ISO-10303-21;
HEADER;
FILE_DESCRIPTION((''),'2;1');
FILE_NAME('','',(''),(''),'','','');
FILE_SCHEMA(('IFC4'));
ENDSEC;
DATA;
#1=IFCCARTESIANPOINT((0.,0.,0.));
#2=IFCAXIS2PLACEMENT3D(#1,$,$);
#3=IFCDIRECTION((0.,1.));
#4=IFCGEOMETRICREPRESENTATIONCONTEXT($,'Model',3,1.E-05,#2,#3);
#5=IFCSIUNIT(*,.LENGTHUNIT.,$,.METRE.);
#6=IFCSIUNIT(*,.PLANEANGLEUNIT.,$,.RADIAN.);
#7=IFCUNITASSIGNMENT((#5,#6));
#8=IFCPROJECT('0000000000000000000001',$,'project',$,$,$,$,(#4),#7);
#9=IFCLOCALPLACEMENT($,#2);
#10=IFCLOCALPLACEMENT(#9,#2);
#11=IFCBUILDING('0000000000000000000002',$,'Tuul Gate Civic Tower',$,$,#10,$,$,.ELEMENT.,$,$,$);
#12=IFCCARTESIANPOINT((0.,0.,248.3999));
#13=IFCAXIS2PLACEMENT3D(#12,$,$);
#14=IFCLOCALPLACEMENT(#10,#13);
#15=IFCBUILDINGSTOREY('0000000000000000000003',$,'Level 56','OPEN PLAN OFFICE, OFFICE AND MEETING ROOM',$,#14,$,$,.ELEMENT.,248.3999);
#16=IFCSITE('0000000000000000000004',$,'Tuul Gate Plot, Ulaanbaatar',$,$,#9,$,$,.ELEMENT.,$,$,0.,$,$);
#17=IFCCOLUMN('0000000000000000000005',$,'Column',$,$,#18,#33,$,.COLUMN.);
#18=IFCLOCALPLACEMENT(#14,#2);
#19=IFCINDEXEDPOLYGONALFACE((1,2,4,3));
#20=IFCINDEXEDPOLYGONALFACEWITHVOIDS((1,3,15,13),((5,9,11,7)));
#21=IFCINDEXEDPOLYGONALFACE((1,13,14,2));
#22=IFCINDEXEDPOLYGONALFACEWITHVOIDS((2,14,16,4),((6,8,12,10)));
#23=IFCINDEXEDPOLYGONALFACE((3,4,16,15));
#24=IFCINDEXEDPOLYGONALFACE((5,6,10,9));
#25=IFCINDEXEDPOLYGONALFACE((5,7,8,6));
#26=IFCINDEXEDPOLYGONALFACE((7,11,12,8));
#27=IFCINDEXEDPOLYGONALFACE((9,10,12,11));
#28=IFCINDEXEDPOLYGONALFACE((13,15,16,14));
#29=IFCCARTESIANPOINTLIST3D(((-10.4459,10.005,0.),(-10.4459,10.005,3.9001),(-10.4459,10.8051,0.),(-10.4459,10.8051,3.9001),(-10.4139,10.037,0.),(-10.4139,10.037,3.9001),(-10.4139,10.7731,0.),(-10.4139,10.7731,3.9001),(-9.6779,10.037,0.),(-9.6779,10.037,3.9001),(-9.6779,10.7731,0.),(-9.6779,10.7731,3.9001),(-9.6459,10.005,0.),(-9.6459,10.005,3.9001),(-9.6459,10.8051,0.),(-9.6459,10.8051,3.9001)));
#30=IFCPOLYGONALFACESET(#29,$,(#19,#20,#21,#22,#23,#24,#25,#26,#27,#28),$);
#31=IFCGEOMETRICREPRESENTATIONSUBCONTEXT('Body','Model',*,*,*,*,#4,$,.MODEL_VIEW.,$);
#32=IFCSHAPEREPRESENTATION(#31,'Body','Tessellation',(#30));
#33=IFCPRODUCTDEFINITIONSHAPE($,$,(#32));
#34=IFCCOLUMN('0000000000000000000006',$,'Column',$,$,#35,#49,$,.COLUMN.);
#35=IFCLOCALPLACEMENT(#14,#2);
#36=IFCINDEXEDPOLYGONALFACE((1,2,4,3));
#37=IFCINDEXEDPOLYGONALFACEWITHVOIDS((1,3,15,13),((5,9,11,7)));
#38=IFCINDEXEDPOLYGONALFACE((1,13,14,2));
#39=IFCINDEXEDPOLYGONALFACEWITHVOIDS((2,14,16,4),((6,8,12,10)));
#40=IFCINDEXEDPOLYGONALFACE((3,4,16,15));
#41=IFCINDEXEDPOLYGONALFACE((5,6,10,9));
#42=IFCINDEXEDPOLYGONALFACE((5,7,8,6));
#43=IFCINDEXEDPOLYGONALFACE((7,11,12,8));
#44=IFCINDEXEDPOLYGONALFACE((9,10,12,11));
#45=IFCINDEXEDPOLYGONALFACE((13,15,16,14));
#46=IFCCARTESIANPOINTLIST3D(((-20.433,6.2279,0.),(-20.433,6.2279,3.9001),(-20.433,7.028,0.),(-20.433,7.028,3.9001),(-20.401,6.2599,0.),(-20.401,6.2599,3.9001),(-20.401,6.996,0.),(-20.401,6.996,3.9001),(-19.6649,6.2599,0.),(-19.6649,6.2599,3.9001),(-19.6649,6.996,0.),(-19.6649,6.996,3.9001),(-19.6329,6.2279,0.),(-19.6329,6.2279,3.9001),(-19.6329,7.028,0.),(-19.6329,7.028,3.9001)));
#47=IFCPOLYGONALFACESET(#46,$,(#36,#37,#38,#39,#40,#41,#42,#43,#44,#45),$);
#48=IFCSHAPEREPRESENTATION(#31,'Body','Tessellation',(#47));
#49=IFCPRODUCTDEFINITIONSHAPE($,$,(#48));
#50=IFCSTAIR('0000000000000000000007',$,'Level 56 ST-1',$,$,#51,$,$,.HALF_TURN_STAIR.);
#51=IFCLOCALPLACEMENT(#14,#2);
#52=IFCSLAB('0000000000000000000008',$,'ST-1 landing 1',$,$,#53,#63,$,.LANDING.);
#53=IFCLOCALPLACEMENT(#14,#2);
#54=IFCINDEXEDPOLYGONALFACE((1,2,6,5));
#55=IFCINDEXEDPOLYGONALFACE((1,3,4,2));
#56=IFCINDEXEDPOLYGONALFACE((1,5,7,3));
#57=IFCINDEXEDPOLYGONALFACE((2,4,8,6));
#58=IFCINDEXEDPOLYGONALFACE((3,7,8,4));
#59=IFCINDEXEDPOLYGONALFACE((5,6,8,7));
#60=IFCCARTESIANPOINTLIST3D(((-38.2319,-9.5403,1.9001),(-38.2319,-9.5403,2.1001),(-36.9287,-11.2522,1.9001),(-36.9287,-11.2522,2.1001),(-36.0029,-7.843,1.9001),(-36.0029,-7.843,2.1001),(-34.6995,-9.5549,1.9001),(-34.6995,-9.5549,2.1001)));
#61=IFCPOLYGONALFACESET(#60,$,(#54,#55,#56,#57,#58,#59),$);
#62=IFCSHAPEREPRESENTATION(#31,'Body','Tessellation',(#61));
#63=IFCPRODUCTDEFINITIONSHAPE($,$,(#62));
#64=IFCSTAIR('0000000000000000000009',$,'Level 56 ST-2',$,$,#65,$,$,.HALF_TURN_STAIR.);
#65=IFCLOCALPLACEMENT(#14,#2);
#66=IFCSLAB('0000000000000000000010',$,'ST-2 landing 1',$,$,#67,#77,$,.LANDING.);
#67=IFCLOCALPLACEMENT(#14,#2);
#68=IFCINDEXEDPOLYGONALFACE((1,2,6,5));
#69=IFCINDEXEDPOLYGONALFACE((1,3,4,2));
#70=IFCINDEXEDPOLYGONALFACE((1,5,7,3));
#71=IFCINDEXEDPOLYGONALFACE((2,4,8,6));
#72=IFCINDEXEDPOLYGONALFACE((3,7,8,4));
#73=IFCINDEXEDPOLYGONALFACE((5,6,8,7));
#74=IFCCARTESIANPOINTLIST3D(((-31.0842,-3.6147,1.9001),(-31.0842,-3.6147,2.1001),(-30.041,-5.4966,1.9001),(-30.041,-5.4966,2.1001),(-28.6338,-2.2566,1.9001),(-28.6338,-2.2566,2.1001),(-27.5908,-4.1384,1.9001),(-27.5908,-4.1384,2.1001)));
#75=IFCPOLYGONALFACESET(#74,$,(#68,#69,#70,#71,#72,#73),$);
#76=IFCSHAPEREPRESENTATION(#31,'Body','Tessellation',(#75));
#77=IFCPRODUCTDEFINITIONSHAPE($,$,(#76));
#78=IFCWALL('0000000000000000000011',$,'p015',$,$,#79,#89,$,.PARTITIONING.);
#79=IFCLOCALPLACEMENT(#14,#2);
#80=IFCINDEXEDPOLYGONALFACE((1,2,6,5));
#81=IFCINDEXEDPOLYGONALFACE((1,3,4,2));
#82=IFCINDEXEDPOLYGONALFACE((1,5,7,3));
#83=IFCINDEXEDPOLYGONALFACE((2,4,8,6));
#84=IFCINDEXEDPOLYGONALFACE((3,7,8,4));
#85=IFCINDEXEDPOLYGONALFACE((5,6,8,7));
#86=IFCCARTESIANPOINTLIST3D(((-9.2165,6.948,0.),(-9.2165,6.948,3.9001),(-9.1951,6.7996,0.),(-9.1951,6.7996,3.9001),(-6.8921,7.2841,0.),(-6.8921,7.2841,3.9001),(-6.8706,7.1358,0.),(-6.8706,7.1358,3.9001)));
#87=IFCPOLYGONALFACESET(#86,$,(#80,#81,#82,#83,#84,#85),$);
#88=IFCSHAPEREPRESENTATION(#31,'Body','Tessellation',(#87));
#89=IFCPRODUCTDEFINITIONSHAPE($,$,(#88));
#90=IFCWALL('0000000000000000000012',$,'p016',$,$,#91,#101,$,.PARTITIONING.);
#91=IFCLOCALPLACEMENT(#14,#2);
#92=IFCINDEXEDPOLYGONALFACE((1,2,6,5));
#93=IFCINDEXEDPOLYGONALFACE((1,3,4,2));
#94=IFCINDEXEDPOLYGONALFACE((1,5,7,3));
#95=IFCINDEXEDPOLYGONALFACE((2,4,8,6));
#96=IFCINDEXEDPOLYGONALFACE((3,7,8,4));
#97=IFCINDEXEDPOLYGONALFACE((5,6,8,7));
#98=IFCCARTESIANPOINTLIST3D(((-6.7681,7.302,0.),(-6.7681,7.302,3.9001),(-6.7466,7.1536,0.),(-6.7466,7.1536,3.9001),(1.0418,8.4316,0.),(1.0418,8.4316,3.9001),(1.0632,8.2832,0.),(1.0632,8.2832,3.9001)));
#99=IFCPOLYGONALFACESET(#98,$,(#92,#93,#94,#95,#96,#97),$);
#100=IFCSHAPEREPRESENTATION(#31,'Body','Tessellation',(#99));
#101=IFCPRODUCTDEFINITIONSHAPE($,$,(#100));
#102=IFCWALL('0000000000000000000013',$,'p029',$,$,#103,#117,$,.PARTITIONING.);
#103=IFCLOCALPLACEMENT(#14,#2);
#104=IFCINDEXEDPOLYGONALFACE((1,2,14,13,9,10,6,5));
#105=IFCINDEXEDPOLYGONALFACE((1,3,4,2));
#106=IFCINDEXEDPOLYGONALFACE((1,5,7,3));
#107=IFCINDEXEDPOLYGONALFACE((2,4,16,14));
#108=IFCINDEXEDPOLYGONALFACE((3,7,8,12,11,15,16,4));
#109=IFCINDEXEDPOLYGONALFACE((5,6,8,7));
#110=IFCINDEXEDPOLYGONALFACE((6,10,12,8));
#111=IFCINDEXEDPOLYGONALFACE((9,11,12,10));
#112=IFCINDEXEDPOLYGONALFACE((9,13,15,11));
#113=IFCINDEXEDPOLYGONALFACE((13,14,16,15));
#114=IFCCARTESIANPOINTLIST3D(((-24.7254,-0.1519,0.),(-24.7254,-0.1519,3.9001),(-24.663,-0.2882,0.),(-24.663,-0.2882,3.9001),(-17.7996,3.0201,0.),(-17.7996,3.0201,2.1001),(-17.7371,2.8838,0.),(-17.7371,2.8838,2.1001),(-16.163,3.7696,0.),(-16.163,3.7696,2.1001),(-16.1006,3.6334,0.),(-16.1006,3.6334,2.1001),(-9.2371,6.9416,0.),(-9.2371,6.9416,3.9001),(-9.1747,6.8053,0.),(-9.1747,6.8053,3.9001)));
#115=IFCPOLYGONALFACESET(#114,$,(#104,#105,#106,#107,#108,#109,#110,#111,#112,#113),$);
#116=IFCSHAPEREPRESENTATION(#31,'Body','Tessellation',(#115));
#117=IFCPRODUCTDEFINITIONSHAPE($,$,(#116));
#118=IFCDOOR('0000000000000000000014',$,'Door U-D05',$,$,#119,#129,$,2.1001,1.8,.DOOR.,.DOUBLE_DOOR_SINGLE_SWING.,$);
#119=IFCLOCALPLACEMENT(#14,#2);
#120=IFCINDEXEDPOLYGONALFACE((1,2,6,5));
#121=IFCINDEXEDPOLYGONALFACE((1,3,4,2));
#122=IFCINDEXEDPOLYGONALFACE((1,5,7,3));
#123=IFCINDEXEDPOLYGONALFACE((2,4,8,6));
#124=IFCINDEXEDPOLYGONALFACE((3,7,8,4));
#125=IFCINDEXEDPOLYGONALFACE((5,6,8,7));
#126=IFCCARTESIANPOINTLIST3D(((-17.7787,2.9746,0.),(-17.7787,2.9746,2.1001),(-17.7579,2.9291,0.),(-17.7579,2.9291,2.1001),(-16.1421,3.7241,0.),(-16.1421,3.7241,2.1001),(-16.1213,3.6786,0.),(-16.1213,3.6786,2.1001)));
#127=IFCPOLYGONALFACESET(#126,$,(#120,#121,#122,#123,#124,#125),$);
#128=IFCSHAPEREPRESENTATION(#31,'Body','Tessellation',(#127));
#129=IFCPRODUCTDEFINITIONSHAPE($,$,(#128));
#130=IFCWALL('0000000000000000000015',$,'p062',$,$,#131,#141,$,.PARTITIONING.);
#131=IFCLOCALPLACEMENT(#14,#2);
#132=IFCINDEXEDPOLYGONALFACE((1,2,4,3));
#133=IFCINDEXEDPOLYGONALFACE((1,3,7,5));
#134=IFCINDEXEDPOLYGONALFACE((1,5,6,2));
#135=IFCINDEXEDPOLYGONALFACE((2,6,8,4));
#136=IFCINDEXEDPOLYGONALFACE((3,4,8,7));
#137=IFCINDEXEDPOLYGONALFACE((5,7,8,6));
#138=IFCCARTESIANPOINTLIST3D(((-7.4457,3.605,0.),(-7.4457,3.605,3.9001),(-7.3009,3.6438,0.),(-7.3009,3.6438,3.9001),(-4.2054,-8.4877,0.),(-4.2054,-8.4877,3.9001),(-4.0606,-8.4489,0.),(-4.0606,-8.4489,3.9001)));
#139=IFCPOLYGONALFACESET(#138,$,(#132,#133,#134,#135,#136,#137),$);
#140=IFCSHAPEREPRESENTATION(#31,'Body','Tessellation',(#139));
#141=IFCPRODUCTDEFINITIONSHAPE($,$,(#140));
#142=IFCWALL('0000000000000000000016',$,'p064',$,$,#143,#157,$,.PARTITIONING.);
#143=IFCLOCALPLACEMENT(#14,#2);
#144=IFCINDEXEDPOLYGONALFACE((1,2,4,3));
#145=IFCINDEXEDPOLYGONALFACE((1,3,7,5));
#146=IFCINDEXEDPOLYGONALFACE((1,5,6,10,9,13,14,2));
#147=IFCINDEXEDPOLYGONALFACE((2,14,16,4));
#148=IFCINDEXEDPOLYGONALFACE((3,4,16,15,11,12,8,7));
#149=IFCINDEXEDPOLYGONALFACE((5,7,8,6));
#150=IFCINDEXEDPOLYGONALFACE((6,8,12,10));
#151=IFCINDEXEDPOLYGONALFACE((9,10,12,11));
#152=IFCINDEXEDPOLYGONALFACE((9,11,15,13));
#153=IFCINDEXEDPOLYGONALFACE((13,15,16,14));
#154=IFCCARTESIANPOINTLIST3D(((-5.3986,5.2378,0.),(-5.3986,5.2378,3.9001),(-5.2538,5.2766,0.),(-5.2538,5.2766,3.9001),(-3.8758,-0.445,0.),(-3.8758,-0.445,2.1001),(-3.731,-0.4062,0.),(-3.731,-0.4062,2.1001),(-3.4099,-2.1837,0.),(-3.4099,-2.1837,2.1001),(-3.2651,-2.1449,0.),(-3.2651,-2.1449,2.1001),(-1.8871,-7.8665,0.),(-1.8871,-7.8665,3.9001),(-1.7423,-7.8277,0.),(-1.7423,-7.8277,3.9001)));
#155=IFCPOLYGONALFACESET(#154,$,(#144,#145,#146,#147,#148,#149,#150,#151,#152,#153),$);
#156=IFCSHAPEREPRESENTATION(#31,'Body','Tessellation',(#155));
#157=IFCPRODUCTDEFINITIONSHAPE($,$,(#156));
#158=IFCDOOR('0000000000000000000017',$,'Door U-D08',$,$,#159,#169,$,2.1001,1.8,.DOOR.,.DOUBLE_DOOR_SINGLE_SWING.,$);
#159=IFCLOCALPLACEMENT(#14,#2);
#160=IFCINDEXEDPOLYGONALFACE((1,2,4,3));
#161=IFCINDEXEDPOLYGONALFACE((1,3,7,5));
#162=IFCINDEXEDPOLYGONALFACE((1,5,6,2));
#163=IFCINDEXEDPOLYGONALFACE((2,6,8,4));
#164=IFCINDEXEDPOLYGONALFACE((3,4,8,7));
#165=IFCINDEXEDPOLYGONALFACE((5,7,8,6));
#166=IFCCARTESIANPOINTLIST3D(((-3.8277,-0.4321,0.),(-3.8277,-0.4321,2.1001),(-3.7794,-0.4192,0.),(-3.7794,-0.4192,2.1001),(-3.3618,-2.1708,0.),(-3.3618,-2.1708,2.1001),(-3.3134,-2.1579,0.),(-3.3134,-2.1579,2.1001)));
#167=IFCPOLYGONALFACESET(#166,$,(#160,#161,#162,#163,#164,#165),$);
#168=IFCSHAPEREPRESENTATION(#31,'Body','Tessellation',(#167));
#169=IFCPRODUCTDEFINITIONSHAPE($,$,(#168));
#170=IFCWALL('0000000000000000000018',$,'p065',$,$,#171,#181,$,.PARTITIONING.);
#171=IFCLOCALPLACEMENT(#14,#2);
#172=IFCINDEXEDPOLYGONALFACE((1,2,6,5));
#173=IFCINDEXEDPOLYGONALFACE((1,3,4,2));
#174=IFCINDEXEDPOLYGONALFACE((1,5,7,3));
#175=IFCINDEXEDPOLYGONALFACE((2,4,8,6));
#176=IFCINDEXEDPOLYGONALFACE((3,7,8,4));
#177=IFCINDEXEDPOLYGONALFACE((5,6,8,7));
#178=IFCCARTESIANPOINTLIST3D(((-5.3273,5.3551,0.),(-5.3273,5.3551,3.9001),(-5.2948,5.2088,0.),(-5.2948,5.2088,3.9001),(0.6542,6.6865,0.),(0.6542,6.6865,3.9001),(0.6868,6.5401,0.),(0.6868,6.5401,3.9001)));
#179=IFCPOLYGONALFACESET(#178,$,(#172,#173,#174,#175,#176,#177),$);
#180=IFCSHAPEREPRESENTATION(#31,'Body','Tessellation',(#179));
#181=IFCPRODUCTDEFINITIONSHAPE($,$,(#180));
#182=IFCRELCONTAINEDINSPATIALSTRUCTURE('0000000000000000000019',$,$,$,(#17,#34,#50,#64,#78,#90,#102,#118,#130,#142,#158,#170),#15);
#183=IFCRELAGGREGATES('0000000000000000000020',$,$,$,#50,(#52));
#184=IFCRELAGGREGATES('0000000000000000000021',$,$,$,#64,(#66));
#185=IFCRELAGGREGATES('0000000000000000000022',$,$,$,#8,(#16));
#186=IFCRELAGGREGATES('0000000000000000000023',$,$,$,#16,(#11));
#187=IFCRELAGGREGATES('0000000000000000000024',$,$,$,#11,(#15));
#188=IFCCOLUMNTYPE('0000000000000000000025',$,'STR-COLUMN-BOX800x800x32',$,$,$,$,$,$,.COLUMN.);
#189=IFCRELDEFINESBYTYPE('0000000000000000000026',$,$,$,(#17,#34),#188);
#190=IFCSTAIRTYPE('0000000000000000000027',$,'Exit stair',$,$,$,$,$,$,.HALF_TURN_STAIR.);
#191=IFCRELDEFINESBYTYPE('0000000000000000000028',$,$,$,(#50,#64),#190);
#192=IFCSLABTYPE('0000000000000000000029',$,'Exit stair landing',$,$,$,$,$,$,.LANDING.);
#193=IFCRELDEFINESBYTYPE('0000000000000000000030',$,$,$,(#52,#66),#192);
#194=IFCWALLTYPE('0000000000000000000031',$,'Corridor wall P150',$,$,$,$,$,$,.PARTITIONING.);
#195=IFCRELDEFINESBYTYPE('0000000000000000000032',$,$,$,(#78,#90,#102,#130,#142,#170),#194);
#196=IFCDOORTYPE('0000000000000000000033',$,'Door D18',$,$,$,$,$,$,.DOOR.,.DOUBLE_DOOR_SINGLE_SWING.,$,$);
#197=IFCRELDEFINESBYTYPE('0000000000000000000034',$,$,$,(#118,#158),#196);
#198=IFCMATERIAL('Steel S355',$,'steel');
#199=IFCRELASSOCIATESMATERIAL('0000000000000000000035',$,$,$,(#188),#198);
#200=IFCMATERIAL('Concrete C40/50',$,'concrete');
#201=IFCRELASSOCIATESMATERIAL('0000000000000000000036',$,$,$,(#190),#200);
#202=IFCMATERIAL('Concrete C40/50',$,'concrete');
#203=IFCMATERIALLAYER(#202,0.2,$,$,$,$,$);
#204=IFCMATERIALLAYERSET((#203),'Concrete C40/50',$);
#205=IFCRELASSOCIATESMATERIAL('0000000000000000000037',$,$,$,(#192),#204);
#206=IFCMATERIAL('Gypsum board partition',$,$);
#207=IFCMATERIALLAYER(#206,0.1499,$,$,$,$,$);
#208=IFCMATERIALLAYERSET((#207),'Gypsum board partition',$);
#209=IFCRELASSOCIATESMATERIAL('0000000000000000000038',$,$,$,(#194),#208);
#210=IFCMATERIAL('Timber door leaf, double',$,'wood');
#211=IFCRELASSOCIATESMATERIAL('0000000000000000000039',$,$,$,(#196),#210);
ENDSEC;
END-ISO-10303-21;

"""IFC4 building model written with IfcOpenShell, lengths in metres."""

from ifc_helpers import new_model, si_unit, direction, frame, frame_2d, origin, origin_2d, place, context, subcontext, project, spatial, polyline, rectangle, hollow_rectangle, outline, extrude, material, layer, layer_set, material_profile, profile_set, type_object, element, fill, aggregate, save


model = new_model("IFC4")

# Units and contexts
model_context = context("Model", 3, precision=1e-05, world=origin(), true_north=direction((0.0, 1.0)))
body_context = subcontext(model_context, "Body", "Model", "MODEL_VIEW")
ifc_project = project(units=[si_unit("LENGTHUNIT", "METRE"), si_unit("PLANEANGLEUNIT", "RADIAN")], contexts=[model_context])

# Site, building, storey
site_placement = place(None, origin())
site = spatial("IfcSite", under=ifc_project, at=site_placement, Name="Tuul Gate Plot, Ulaanbaatar", CompositionType="ELEMENT", RefElevation=0.0)
building_placement = place(site_placement, origin())
building = spatial("IfcBuilding", under=site, at=building_placement, Name="Tuul Gate Civic Tower", CompositionType="ELEMENT")
storey_placement = place(building_placement, frame((0.0, 0.0, 248.3999)))
storey = spatial("IfcBuildingStorey", under=building, at=storey_placement, Name="Level 56", Description="OPEN PLAN OFFICE, OFFICE AND MEETING ROOM", CompositionType="ELEMENT", Elevation=248.3999)

# Columns
ifc_material_1 = material(Name="Steel S355", Category="steel")
ifc_material_profile_1 = material_profile(ifc_material_1, hollow_rectangle(XDim=0.8, YDim=0.8, WallThickness=0.032, at=origin_2d()), Name="BOX800x800x32")
ifc_profile_set_1 = profile_set([ifc_material_profile_1], Name="Steel S355")
column_type = type_object("IfcColumnType", Name="STR-COLUMN-BOX800x800x32", PredefinedType="COLUMN", material=ifc_profile_set_1)
for number, where, z_axis, x_axis, name in (
    (1, (-10.0459, 10.405, 0.0), (0.0, 0.0, 1.0), (1.0, 0.0, 0.0), "Column"),
    (2, (-20.033, 6.6279, 0.0), (0.0, 0.0, 1.0), (1.0, 0.0, 0.0), "Column"),
):
    element("IfcColumn", number, at=place(storey_placement, frame(where, z_axis=z_axis, x_axis=x_axis)), inside=storey, type_object=column_type, Name=name, PredefinedType="COLUMN", context=body_context, shape_type="SweptSolid", body=[
        extrude(hollow_rectangle(XDim=0.8, YDim=0.8, WallThickness=0.032, at=origin_2d()), origin(), (0.0, 0.0, 1.0), 3.9001),
    ])

# Stairs, slabs
ifc_material_2 = material(Name="Concrete C40/50", Category="concrete")
stair_type = type_object("IfcStairType", Name="Exit stair", PredefinedType="HALF_TURN_STAIR", material=ifc_material_2)
stair_1_placement = place(storey_placement, origin())
stair_1 = element("IfcStair", 3, at=stair_1_placement, inside=storey, type_object=stair_type, Name="Level 56 ST-1", PredefinedType="HALF_TURN_STAIR")
ifc_material_3 = material(Name="Concrete C40/50", Category="concrete")
ifc_layer_1 = layer(ifc_material_3, 0.2)
ifc_layer_set_1 = layer_set([ifc_layer_1], Name="Concrete C40/50")
slab_type = type_object("IfcSlabType", Name="Exit stair landing", PredefinedType="LANDING", material=ifc_layer_set_1)
slab_1_placement = place(storey_placement, frame((0.0, 0.0, 1.9001)))
slab_1 = element("IfcSlab", 4, at=slab_1_placement, type_object=slab_type, Name="ST-1 landing 1", PredefinedType="LANDING", context=body_context, shape_type="SweptSolid", body=[
    extrude(outline(polyline([(-34.6995, -9.5549), (-36.9287, -11.2522), (-38.2319, -9.5403), (-36.0029, -7.843), (-34.6995, -9.5549)])), origin(), (0.0, 0.0, 1.0), 0.2),
])
aggregate(stair_1, [slab_1])
stair_2_placement = place(storey_placement, origin())
stair_2 = element("IfcStair", 5, at=stair_2_placement, inside=storey, type_object=stair_type, Name="Level 56 ST-2", PredefinedType="HALF_TURN_STAIR")
slab_2_placement = place(storey_placement, frame((0.0, 0.0, 1.9001)))
slab_2 = element("IfcSlab", 6, at=slab_2_placement, type_object=slab_type, Name="ST-2 landing 1", PredefinedType="LANDING", context=body_context, shape_type="SweptSolid", body=[
    extrude(outline(polyline([(-27.5908, -4.1384), (-30.041, -5.4966), (-31.0842, -3.6147), (-28.6338, -2.2566), (-27.5908, -4.1384)])), origin(), (0.0, 0.0, 1.0), 0.2),
])
aggregate(stair_2, [slab_2])

# Walls
ifc_material_4 = material(Name="Gypsum board partition")
ifc_layer_2 = layer(ifc_material_4, 0.1499)
ifc_layer_set_2 = layer_set([ifc_layer_2], Name="Gypsum board partition")
wall_type_1 = type_object("IfcWallType", Name="Corridor wall P150", PredefinedType="PARTITIONING", material=ifc_layer_set_2)
wall_1_placement = place(storey_placement, frame((-9.2058, 6.8738, 0.0), z_axis=(0.0, 0.0, 1.0), x_axis=(0.989703, 0.143138, 0.0)))
element("IfcWall", 7, at=wall_1_placement, inside=storey, type_object=wall_type_1, Name="p015", PredefinedType="PARTITIONING", context=body_context, shape_type="SweptSolid", body=[
    extrude(rectangle(XDim=2.3486, YDim=0.1499, at=frame_2d((1.1743, 0.0))), origin(), (0.0, 0.0, 1.0), 3.9001),
])
wall_2_placement = place(storey_placement, frame((-6.7573, 7.2278, 0.0), z_axis=(0.0, 0.0, 1.0), x_axis=(0.9897, 0.143154, 0.0)))
element("IfcWall", 8, at=wall_2_placement, inside=storey, type_object=wall_type_1, Name="p016", PredefinedType="PARTITIONING", context=body_context, shape_type="SweptSolid", body=[
    extrude(rectangle(XDim=7.8911, YDim=0.1499, at=frame_2d((3.9456, 0.0))), origin(), (0.0, 0.0, 1.0), 3.9001),
])

# Wall, opening, door
wall_3_placement = place(storey_placement, frame((-24.6941, -0.22, 0.0), z_axis=(0.0, 0.0, 1.0), x_axis=(0.909182, 0.416398, 0.0)))
wall_3 = element("IfcWall", 9, at=wall_3_placement, inside=storey, type_object=wall_type_1, Name="p029", PredefinedType="PARTITIONING", context=body_context, shape_type="SweptSolid", body=[
    extrude(rectangle(XDim=17.0354, YDim=0.1499, at=frame_2d((8.5176, 0.0))), origin(), (0.0, 0.0, 1.0), 3.9001),
])
opening_1_placement = place(wall_3_placement, frame((7.6177, 0.0, 0.0)))
opening_1 = element("IfcOpeningElement", 10, at=opening_1_placement, cuts=wall_3, PredefinedType="OPENING", context=body_context, shape_type="SweptSolid", body=[
    extrude(rectangle(XDim=1.8, YDim=2.1001, at=frame_2d((0.8999, 1.05))), frame((0.0, 0.085, 0.0), z_axis=(0.0, -1.0, 0.0), x_axis=(1.0, 0.0, 0.0)), (0.0, 0.0, 1.0), 0.1699),
])
ifc_material_5 = material(Name="Timber door leaf, double", Category="wood")
door_type = type_object("IfcDoorType", Name="Door D18", OperationType="DOUBLE_DOOR_SINGLE_SWING", PredefinedType="DOOR", material=ifc_material_5)
door_1_placement = place(opening_1_placement, origin())
door_1 = element("IfcDoor", 11, at=door_1_placement, inside=storey, type_object=door_type, Name="Door U-D05", OperationType="DOUBLE_DOOR_SINGLE_SWING", OverallHeight=2.1001, OverallWidth=1.8, PredefinedType="DOOR", context=body_context, shape_type="SweptSolid", body=[
    extrude(rectangle(XDim=1.8, YDim=2.1001, at=frame_2d((0.8999, 1.05))), frame((0.0, 0.0249, 0.0), z_axis=(0.0, -1.0, 0.0), x_axis=(1.0, 0.0, 0.0)), (0.0, 0.0, 1.0), 0.05),
])
fill(opening_1, door_1)

# Wall
wall_4_placement = place(storey_placement, frame((-7.3733, 3.6245, 0.0), z_axis=(0.0, 0.0, 1.0), x_axis=(0.258818, -0.965926, 0.0)))
element("IfcWall", 12, at=wall_4_placement, inside=storey, type_object=wall_type_1, Name="p062", PredefinedType="PARTITIONING", context=body_context, shape_type="SweptSolid", body=[
    extrude(rectangle(XDim=12.5193, YDim=0.1499, at=frame_2d((6.2598, 0.0))), origin(), (0.0, 0.0, 1.0), 3.9001),
])

# Wall, opening, door
wall_5_placement = place(storey_placement, frame((-5.3262, 5.2571, 0.0), z_axis=(0.0, 0.0, 1.0), x_axis=(0.258833, -0.965922, 0.0)))
wall_5 = element("IfcWall", 13, at=wall_5_placement, inside=storey, type_object=wall_type_1, Name="p064", PredefinedType="PARTITIONING", context=body_context, shape_type="SweptSolid", body=[
    extrude(rectangle(XDim=13.5667, YDim=0.1499, at=frame_2d((6.7832, 0.0))), origin(), (0.0, 0.0, 1.0), 3.9001),
])
opening_2_placement = place(wall_5_placement, frame((5.8833, 0.0, 0.0)))
opening_2 = element("IfcOpeningElement", 14, at=opening_2_placement, cuts=wall_5, PredefinedType="OPENING", context=body_context, shape_type="SweptSolid", body=[
    extrude(rectangle(XDim=1.8, YDim=2.1001, at=frame_2d((0.8999, 1.05))), frame((0.0, 0.085, 0.0), z_axis=(0.0, -1.0, 0.0), x_axis=(1.0, 0.0, 0.0)), (0.0, 0.0, 1.0), 0.1699),
])
door_2_placement = place(opening_2_placement, origin())
door_2 = element("IfcDoor", 15, at=door_2_placement, inside=storey, type_object=door_type, Name="Door U-D08", OperationType="DOUBLE_DOOR_SINGLE_SWING", OverallHeight=2.1001, OverallWidth=1.8, PredefinedType="DOOR", context=body_context, shape_type="SweptSolid", body=[
    extrude(rectangle(XDim=1.8, YDim=2.1001, at=frame_2d((0.8999, 1.05))), frame((0.0, 0.0249, 0.0), z_axis=(0.0, -1.0, 0.0), x_axis=(1.0, 0.0, 0.0)), (0.0, 0.0, 1.0), 0.05),
])
fill(opening_2, door_2)

# Wall
wall_6_placement = place(storey_placement, frame((-5.311, 5.282, 0.0), z_axis=(0.0, 0.0, 1.0), x_axis=(0.976115, 0.217255, 0.0)))
element("IfcWall", 16, at=wall_6_placement, inside=storey, type_object=wall_type_1, Name="p065", PredefinedType="PARTITIONING", context=body_context, shape_type="SweptSolid", body=[
    extrude(rectangle(XDim=6.1279, YDim=0.1499, at=frame_2d((3.064, 0.0))), origin(), (0.0, 0.0, 1.0), 3.9001),
])

save(model, "model.ifc")
